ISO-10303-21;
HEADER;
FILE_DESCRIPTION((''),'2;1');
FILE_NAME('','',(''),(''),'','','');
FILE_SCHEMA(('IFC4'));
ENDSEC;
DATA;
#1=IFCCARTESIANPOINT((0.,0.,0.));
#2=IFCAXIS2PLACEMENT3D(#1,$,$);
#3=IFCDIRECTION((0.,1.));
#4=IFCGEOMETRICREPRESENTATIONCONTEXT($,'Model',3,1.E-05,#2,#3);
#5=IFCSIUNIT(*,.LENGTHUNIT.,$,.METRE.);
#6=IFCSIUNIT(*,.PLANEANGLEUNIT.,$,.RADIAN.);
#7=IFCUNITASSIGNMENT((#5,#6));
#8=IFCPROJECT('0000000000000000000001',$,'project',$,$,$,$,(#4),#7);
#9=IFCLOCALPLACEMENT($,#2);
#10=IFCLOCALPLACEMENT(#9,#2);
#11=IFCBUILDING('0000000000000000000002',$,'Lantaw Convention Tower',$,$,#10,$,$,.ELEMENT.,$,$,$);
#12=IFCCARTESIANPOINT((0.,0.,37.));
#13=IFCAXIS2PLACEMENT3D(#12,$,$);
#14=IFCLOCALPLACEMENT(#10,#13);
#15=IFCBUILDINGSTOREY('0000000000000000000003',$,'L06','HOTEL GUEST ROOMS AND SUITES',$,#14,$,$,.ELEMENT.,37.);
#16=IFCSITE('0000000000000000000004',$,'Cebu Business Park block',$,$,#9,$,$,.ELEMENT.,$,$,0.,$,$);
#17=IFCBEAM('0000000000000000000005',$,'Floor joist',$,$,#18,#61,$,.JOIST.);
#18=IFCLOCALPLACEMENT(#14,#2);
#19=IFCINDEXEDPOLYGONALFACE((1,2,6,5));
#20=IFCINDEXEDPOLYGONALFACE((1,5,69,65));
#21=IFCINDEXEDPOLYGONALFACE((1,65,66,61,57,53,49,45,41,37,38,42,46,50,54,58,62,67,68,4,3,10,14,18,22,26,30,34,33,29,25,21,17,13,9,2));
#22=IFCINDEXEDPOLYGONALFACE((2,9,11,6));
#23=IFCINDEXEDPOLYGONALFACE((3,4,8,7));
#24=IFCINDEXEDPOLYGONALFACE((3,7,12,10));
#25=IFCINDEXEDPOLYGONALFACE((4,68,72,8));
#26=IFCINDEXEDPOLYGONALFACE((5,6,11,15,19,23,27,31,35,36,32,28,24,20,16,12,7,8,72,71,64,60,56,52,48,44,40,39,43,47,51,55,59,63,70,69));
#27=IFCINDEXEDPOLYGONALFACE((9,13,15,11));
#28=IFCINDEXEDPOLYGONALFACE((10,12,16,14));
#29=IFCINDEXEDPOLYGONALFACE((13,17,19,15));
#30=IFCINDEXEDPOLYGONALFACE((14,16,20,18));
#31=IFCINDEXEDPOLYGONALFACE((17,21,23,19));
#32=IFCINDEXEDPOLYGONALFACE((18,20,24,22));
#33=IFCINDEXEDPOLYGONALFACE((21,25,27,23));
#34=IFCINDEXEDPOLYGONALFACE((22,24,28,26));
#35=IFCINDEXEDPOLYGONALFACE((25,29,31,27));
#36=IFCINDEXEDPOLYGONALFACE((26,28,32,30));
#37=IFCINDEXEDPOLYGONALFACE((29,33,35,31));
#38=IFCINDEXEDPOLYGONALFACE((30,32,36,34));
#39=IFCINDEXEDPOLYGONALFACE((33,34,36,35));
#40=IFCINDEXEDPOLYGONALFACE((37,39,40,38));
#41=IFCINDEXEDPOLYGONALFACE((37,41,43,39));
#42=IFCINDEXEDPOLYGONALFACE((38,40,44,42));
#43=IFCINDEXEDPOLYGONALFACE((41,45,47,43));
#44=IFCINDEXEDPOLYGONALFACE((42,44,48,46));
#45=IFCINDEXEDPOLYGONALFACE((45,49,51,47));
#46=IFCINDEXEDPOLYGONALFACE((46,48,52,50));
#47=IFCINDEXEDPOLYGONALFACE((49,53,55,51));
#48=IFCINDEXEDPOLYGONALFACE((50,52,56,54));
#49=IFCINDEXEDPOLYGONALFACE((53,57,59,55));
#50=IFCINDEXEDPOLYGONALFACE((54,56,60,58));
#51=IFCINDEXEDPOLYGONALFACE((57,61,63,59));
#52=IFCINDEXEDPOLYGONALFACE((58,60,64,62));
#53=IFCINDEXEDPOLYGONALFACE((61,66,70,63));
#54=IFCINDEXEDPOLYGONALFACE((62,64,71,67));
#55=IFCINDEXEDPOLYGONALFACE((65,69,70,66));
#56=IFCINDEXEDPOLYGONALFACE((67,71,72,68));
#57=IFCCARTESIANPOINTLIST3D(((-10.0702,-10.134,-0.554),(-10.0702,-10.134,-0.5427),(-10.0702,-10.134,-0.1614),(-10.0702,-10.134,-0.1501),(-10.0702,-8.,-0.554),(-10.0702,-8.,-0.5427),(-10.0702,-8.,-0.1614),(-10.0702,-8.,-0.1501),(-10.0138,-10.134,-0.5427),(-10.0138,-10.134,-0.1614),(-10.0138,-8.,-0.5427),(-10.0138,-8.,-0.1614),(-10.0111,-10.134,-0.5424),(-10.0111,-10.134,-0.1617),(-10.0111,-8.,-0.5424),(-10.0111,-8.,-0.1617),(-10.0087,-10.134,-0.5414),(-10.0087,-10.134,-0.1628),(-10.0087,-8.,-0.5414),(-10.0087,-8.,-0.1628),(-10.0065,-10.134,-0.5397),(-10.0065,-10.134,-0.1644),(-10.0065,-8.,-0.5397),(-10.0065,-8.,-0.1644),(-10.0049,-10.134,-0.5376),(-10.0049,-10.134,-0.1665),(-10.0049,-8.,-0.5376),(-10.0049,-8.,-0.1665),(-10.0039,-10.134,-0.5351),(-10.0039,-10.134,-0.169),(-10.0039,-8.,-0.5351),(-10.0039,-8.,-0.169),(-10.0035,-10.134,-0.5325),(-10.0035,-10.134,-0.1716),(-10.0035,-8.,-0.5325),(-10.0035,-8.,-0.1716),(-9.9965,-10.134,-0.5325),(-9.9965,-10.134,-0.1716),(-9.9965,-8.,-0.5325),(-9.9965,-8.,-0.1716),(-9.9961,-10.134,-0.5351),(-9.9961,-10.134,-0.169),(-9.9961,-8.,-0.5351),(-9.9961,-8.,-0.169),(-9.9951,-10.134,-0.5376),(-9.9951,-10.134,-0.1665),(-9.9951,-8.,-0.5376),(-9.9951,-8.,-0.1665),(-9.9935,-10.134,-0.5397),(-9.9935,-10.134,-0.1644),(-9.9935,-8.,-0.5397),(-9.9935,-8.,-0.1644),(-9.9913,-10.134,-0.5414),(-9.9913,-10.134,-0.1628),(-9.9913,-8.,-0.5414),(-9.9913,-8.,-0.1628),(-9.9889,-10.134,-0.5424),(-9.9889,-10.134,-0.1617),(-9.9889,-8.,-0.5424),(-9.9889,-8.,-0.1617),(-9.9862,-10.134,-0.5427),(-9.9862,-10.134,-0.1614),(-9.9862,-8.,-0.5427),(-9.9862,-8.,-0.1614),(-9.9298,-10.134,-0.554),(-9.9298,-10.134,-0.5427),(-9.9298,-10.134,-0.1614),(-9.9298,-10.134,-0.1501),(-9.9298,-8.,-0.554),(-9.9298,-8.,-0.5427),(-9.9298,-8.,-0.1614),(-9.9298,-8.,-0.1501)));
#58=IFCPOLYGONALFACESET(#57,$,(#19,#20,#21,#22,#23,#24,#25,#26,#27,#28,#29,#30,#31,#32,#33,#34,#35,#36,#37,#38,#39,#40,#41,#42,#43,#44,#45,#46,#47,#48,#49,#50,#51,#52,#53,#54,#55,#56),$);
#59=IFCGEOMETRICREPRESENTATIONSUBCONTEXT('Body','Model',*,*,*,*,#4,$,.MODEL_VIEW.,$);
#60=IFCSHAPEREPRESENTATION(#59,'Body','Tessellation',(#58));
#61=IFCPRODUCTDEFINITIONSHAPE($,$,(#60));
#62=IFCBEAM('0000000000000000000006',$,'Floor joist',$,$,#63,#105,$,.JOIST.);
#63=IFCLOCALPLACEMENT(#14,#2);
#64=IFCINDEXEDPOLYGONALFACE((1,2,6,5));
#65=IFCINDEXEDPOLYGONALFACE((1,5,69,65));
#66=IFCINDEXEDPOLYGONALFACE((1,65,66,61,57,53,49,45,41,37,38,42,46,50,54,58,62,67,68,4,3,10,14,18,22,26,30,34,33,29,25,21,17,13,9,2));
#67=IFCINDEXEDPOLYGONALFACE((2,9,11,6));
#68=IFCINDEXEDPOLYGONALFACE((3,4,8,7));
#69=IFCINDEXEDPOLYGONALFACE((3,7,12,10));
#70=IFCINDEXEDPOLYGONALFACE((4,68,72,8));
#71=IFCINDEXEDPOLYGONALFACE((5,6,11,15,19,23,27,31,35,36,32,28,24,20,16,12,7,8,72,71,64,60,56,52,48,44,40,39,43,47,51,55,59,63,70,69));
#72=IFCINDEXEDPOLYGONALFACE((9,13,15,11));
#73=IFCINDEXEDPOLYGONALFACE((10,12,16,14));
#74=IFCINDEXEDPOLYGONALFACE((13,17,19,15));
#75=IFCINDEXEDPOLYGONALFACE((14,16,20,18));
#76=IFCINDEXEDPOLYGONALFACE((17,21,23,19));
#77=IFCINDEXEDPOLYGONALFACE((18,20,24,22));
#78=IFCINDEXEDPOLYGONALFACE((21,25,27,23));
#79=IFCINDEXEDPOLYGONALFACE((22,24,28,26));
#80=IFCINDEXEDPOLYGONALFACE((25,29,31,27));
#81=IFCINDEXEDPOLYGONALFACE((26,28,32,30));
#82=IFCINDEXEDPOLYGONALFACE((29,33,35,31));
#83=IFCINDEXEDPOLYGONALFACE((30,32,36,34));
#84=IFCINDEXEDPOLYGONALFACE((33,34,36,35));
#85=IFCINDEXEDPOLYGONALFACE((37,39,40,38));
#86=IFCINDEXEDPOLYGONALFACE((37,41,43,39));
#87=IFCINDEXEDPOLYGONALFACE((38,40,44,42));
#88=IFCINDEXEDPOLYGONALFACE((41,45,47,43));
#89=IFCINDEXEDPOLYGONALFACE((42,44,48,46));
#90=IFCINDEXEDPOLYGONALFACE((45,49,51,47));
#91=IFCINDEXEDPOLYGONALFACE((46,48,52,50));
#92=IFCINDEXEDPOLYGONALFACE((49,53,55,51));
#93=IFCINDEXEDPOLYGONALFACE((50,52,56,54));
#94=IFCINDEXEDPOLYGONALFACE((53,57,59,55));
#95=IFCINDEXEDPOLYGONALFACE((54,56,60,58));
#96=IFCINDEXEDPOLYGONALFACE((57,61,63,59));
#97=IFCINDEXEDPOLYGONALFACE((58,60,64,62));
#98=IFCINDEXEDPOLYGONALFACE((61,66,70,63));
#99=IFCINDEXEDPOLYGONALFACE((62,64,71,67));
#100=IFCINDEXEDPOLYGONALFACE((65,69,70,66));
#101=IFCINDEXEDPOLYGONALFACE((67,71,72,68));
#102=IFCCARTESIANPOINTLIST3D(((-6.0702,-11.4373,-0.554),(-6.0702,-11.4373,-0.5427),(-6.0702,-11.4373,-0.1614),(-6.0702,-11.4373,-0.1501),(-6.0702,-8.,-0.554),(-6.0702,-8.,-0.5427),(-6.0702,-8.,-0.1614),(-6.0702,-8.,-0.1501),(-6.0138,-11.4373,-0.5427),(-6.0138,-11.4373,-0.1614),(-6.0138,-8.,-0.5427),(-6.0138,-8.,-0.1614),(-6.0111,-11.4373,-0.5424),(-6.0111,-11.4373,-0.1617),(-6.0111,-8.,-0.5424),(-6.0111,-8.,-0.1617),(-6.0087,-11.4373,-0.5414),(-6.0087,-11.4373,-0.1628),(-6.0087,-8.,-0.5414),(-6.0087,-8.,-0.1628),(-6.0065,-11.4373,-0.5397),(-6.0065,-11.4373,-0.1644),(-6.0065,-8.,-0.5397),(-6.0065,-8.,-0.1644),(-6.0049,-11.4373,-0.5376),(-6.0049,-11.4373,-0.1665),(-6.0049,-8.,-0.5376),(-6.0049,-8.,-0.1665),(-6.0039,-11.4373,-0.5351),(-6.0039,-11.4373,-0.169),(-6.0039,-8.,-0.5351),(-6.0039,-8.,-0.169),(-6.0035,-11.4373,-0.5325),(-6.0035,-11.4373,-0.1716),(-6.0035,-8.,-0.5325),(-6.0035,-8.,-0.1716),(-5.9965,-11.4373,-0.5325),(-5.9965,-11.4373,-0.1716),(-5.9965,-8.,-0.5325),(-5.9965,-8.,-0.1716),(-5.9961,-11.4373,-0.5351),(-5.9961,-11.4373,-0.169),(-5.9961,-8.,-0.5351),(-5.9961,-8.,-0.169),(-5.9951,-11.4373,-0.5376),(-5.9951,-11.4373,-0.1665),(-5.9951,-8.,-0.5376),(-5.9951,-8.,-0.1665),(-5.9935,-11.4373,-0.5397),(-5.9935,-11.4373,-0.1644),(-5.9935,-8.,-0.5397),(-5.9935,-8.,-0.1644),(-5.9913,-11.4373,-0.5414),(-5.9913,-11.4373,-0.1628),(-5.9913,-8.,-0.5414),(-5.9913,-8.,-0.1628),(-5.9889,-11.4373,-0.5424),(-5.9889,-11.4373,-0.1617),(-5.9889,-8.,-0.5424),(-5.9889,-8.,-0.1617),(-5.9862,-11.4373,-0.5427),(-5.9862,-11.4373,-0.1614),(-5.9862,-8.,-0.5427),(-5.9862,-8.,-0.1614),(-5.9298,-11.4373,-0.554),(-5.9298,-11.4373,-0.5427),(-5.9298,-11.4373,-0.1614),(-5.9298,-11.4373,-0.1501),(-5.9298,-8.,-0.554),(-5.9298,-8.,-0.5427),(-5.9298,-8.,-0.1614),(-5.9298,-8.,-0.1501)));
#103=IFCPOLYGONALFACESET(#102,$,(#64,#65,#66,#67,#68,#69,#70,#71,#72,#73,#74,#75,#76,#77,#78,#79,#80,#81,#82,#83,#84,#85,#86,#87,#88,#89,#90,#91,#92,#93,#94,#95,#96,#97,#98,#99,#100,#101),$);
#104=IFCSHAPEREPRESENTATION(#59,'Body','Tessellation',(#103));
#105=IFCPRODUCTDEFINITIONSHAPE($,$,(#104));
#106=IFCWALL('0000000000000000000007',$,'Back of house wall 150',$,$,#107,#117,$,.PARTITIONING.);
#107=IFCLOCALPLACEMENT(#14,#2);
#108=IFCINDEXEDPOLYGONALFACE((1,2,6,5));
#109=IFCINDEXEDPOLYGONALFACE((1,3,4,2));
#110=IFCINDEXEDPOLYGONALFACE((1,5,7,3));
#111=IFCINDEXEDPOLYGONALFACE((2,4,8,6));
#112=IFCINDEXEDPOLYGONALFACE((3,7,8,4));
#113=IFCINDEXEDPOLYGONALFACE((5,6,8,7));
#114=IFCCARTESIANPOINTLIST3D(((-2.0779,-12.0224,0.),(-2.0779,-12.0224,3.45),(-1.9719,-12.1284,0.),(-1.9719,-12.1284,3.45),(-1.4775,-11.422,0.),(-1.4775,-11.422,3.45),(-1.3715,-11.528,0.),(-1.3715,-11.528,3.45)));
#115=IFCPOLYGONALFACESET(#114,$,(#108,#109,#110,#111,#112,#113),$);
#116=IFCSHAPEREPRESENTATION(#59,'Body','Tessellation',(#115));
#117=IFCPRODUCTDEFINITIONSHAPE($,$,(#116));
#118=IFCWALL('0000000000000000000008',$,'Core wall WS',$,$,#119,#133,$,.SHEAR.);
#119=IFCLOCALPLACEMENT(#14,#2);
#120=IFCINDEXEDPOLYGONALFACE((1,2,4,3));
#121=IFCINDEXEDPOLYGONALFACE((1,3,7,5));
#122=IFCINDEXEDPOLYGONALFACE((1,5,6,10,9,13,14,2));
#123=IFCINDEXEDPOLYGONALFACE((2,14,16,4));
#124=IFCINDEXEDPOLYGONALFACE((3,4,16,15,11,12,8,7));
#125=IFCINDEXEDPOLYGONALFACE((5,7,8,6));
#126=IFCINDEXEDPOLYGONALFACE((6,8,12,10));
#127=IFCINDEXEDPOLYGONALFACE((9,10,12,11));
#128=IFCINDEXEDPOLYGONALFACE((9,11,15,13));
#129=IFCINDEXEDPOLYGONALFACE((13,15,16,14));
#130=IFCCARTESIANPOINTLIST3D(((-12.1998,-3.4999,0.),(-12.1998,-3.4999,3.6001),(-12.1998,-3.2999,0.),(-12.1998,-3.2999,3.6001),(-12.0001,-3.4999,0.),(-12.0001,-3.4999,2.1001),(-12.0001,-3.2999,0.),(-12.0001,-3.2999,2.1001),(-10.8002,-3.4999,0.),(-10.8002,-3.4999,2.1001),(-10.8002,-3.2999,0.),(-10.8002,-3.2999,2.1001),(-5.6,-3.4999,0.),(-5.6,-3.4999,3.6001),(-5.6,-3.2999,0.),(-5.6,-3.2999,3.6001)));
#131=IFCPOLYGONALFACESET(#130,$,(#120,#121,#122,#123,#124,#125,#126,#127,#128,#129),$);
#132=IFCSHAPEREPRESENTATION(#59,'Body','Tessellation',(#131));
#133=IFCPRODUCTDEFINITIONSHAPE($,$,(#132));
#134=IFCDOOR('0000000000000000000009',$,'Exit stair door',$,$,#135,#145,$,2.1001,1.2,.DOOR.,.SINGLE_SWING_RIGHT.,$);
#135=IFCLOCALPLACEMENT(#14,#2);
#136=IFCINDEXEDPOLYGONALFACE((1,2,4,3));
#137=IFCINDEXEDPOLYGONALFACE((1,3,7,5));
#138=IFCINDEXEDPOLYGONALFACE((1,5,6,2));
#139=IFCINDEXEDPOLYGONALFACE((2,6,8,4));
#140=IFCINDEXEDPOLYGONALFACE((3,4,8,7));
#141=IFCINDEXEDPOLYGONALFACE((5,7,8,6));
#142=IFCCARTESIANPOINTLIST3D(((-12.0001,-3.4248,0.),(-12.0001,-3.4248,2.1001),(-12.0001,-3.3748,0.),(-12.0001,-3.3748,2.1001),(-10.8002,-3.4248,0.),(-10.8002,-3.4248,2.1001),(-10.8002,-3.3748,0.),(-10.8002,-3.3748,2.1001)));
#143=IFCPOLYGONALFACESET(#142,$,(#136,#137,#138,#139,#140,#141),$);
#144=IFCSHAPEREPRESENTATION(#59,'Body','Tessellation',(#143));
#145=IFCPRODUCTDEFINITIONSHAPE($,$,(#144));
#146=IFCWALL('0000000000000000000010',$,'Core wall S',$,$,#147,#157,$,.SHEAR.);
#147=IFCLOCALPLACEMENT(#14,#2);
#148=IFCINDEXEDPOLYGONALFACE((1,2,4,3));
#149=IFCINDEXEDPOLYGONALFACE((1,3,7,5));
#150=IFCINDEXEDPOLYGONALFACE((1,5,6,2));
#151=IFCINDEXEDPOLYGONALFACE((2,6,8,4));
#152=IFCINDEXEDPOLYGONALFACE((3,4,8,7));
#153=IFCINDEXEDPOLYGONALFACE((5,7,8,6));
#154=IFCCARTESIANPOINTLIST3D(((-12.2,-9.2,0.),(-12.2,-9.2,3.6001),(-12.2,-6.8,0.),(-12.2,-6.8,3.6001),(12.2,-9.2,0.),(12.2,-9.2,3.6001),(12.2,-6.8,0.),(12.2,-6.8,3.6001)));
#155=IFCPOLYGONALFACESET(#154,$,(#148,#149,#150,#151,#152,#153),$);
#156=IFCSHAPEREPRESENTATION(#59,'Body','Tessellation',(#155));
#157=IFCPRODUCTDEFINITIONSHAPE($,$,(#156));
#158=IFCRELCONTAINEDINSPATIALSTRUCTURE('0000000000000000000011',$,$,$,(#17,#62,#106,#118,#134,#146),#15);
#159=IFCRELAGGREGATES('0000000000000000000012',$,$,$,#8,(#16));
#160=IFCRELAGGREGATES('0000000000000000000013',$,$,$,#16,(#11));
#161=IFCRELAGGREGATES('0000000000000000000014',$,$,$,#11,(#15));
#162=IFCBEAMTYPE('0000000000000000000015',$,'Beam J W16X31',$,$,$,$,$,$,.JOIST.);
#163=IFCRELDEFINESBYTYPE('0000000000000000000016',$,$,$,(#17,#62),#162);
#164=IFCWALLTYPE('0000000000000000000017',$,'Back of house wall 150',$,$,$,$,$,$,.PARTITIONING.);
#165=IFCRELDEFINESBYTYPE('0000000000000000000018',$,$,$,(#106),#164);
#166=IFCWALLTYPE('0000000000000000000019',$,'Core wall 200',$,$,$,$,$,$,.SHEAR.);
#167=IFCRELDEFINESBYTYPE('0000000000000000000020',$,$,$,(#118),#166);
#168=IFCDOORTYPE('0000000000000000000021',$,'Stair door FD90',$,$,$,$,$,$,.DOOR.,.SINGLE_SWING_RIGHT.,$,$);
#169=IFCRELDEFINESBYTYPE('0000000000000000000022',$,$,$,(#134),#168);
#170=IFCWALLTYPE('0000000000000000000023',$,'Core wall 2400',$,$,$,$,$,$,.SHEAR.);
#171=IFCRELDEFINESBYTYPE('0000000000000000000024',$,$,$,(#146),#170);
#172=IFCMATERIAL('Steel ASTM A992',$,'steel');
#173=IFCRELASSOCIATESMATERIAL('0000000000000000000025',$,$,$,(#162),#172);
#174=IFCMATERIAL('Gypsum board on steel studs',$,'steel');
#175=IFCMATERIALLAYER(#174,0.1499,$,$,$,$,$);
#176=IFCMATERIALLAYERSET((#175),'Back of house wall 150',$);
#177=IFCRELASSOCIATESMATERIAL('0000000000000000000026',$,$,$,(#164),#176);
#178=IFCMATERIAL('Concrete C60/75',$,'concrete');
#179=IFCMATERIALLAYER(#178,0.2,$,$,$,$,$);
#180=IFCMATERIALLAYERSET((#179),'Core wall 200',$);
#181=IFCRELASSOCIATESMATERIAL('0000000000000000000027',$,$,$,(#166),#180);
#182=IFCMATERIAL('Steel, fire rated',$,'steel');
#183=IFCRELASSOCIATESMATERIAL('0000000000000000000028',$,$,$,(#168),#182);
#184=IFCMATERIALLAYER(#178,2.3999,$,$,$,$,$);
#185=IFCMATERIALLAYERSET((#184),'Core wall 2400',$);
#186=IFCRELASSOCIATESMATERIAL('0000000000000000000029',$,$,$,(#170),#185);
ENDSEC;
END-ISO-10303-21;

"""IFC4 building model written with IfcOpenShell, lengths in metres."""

from ifc_helpers import new_model, si_unit, direction, frame, frame_2d, origin, origin_2d, place, context, subcontext, project, spatial, rectangle, i_section, extrude, material, layer, layer_set, material_profile, profile_set, type_object, element, fill, save


model = new_model("IFC4")

# Units and contexts
model_context = context("Model", 3, precision=1e-05, world=origin(), true_north=direction((0.0, 1.0)))
body_context = subcontext(model_context, "Body", "Model", "MODEL_VIEW")
ifc_project = project(units=[si_unit("LENGTHUNIT", "METRE"), si_unit("PLANEANGLEUNIT", "RADIAN")], contexts=[model_context])

# Site, building, storey
site_placement = place(None, origin())
site = spatial("IfcSite", under=ifc_project, at=site_placement, Name="Cebu Business Park block", CompositionType="ELEMENT", RefElevation=0.0)
building_placement = place(site_placement, origin())
building = spatial("IfcBuilding", under=site, at=building_placement, Name="Lantaw Convention Tower", CompositionType="ELEMENT")
storey_placement = place(building_placement, frame((0.0, 0.0, 37.0)))
storey = spatial("IfcBuildingStorey", under=building, at=storey_placement, Name="L06", Description="HOTEL GUEST ROOMS AND SUITES", CompositionType="ELEMENT", Elevation=37.0)

# Beams
ifc_material_1 = material(Name="Steel ASTM A992", Category="steel")
ifc_material_profile_1 = material_profile(ifc_material_1, i_section(OverallWidth=0.1404, OverallDepth=0.4038, WebThickness=0.0071, FlangeThickness=0.0112, FilletRadius=0.0103, at=origin_2d()), Name="W16X31")
ifc_profile_set_1 = profile_set([ifc_material_profile_1], Name="Steel ASTM A992")
beam_type_1 = type_object("IfcBeamType", Name="Beam J W16X31", PredefinedType="JOIST", material=ifc_profile_set_1)
beam_1_placement = place(storey_placement, frame((-10.0, -10.134, -0.3521), z_axis=(0.0, 1.0, 0.0), x_axis=(-1.0, 0.0, 0.0)))
element("IfcBeam", 1, at=beam_1_placement, inside=storey, type_object=beam_type_1, Name="Floor joist", PredefinedType="JOIST", context=body_context, shape_type="SweptSolid", body=[
    extrude(i_section(OverallWidth=0.1404, OverallDepth=0.4038, WebThickness=0.0071, FlangeThickness=0.0112, FilletRadius=0.0103, at=origin_2d()), origin(), (0.0, 0.0, 1.0), 2.134),
])
beam_2_placement = place(storey_placement, frame((-6.0, -11.4373, -0.3521), z_axis=(0.0, 1.0, 0.0), x_axis=(-1.0, 0.0, 0.0)))
element("IfcBeam", 2, at=beam_2_placement, inside=storey, type_object=beam_type_1, Name="Floor joist", PredefinedType="JOIST", context=body_context, shape_type="SweptSolid", body=[
    extrude(i_section(OverallWidth=0.1404, OverallDepth=0.4038, WebThickness=0.0071, FlangeThickness=0.0112, FilletRadius=0.0103, at=origin_2d()), origin(), (0.0, 0.0, 1.0), 3.4373),
])

# Wall
ifc_material_2 = material(Name="Gypsum board on steel studs", Category="steel")
ifc_layer_1 = layer(ifc_material_2, 0.1499)
ifc_layer_set_1 = layer_set([ifc_layer_1], Name="Back of house wall 150")
wall_type_1 = type_object("IfcWallType", Name="Back of house wall 150", PredefinedType="PARTITIONING", material=ifc_layer_set_1)
wall_1_placement = place(storey_placement, frame((-2.0249, -12.0754, 0.0), z_axis=(0.0, 0.0, 1.0), x_axis=(0.707107, 0.707107, 0.0)))
element("IfcWall", 3, at=wall_1_placement, inside=storey, type_object=wall_type_1, Name="Back of house wall 150", PredefinedType="PARTITIONING", context=body_context, shape_type="SweptSolid", body=[
    extrude(rectangle(XDim=0.8491, YDim=0.1499, at=frame_2d((0.4246, 0.0))), origin(), (0.0, 0.0, 1.0), 3.45),
])

# Wall, opening, door
ifc_material_3 = material(Name="Concrete C60/75", Category="concrete")
ifc_layer_2 = layer(ifc_material_3, 0.2)
ifc_layer_set_2 = layer_set([ifc_layer_2], Name="Core wall 200")
wall_type_2 = type_object("IfcWallType", Name="Core wall 200", PredefinedType="SHEAR", material=ifc_layer_set_2)
wall_2_placement = place(storey_placement, frame((-5.6001, -3.3999, 0.0), z_axis=(0.0, 0.0, 1.0), x_axis=(-1.0, 0.0, 0.0)))
wall_2 = element("IfcWall", 4, at=wall_2_placement, inside=storey, type_object=wall_type_2, Name="Core wall WS", PredefinedType="SHEAR", context=body_context, shape_type="SweptSolid", body=[
    extrude(rectangle(XDim=6.5999, YDim=0.2, at=frame_2d((3.2998, 0.0))), origin(), (0.0, 0.0, 1.0), 3.6001),
])
opening_1_placement = place(wall_2_placement, frame((5.2, 0.0, 0.0)))
opening_1 = element("IfcOpeningElement", 5, at=opening_1_placement, cuts=wall_2, PredefinedType="OPENING", context=body_context, shape_type="SweptSolid", body=[
    extrude(rectangle(XDim=1.2, YDim=2.1001, at=frame_2d((0.6001, 1.05))), frame((0.0, 0.1099, 0.0), z_axis=(0.0, -1.0, 0.0), x_axis=(1.0, 0.0, 0.0)), (0.0, 0.0, 1.0), 0.22),
])
ifc_material_4 = material(Name="Steel, fire rated", Category="steel")
door_type_1 = type_object("IfcDoorType", Name="Stair door FD90", OperationType="SINGLE_SWING_RIGHT", PredefinedType="DOOR", material=ifc_material_4)
door_1_placement = place(opening_1_placement, origin())
door_1 = element("IfcDoor", 6, at=door_1_placement, inside=storey, type_object=door_type_1, Name="Exit stair door", OperationType="SINGLE_SWING_RIGHT", OverallHeight=2.1001, OverallWidth=1.2, PredefinedType="DOOR", context=body_context, shape_type="SweptSolid", body=[
    extrude(rectangle(XDim=1.2, YDim=2.1001, at=frame_2d((0.6001, 1.05))), frame((0.0, 0.0249, 0.0), z_axis=(0.0, -1.0, 0.0), x_axis=(1.0, 0.0, 0.0)), (0.0, 0.0, 1.0), 0.05),
])
fill(opening_1, door_1)

# Wall
ifc_layer_3 = layer(ifc_material_3, 2.3999)
ifc_layer_set_3 = layer_set([ifc_layer_3], Name="Core wall 2400")
wall_type_3 = type_object("IfcWallType", Name="Core wall 2400", PredefinedType="SHEAR", material=ifc_layer_set_3)
wall_3_placement = place(storey_placement, frame((-12.2, -8.0, 0.0), z_axis=(0.0, 0.0, 1.0), x_axis=(1.0, 0.0, 0.0)))
element("IfcWall", 7, at=wall_3_placement, inside=storey, type_object=wall_type_3, Name="Core wall S", PredefinedType="SHEAR", context=body_context, shape_type="SweptSolid", body=[
    extrude(rectangle(XDim=24.3999, YDim=2.3999, at=frame_2d((12.2, 0.0))), origin(), (0.0, 0.0, 1.0), 3.6001),
])

save(model, "model.ifc")
